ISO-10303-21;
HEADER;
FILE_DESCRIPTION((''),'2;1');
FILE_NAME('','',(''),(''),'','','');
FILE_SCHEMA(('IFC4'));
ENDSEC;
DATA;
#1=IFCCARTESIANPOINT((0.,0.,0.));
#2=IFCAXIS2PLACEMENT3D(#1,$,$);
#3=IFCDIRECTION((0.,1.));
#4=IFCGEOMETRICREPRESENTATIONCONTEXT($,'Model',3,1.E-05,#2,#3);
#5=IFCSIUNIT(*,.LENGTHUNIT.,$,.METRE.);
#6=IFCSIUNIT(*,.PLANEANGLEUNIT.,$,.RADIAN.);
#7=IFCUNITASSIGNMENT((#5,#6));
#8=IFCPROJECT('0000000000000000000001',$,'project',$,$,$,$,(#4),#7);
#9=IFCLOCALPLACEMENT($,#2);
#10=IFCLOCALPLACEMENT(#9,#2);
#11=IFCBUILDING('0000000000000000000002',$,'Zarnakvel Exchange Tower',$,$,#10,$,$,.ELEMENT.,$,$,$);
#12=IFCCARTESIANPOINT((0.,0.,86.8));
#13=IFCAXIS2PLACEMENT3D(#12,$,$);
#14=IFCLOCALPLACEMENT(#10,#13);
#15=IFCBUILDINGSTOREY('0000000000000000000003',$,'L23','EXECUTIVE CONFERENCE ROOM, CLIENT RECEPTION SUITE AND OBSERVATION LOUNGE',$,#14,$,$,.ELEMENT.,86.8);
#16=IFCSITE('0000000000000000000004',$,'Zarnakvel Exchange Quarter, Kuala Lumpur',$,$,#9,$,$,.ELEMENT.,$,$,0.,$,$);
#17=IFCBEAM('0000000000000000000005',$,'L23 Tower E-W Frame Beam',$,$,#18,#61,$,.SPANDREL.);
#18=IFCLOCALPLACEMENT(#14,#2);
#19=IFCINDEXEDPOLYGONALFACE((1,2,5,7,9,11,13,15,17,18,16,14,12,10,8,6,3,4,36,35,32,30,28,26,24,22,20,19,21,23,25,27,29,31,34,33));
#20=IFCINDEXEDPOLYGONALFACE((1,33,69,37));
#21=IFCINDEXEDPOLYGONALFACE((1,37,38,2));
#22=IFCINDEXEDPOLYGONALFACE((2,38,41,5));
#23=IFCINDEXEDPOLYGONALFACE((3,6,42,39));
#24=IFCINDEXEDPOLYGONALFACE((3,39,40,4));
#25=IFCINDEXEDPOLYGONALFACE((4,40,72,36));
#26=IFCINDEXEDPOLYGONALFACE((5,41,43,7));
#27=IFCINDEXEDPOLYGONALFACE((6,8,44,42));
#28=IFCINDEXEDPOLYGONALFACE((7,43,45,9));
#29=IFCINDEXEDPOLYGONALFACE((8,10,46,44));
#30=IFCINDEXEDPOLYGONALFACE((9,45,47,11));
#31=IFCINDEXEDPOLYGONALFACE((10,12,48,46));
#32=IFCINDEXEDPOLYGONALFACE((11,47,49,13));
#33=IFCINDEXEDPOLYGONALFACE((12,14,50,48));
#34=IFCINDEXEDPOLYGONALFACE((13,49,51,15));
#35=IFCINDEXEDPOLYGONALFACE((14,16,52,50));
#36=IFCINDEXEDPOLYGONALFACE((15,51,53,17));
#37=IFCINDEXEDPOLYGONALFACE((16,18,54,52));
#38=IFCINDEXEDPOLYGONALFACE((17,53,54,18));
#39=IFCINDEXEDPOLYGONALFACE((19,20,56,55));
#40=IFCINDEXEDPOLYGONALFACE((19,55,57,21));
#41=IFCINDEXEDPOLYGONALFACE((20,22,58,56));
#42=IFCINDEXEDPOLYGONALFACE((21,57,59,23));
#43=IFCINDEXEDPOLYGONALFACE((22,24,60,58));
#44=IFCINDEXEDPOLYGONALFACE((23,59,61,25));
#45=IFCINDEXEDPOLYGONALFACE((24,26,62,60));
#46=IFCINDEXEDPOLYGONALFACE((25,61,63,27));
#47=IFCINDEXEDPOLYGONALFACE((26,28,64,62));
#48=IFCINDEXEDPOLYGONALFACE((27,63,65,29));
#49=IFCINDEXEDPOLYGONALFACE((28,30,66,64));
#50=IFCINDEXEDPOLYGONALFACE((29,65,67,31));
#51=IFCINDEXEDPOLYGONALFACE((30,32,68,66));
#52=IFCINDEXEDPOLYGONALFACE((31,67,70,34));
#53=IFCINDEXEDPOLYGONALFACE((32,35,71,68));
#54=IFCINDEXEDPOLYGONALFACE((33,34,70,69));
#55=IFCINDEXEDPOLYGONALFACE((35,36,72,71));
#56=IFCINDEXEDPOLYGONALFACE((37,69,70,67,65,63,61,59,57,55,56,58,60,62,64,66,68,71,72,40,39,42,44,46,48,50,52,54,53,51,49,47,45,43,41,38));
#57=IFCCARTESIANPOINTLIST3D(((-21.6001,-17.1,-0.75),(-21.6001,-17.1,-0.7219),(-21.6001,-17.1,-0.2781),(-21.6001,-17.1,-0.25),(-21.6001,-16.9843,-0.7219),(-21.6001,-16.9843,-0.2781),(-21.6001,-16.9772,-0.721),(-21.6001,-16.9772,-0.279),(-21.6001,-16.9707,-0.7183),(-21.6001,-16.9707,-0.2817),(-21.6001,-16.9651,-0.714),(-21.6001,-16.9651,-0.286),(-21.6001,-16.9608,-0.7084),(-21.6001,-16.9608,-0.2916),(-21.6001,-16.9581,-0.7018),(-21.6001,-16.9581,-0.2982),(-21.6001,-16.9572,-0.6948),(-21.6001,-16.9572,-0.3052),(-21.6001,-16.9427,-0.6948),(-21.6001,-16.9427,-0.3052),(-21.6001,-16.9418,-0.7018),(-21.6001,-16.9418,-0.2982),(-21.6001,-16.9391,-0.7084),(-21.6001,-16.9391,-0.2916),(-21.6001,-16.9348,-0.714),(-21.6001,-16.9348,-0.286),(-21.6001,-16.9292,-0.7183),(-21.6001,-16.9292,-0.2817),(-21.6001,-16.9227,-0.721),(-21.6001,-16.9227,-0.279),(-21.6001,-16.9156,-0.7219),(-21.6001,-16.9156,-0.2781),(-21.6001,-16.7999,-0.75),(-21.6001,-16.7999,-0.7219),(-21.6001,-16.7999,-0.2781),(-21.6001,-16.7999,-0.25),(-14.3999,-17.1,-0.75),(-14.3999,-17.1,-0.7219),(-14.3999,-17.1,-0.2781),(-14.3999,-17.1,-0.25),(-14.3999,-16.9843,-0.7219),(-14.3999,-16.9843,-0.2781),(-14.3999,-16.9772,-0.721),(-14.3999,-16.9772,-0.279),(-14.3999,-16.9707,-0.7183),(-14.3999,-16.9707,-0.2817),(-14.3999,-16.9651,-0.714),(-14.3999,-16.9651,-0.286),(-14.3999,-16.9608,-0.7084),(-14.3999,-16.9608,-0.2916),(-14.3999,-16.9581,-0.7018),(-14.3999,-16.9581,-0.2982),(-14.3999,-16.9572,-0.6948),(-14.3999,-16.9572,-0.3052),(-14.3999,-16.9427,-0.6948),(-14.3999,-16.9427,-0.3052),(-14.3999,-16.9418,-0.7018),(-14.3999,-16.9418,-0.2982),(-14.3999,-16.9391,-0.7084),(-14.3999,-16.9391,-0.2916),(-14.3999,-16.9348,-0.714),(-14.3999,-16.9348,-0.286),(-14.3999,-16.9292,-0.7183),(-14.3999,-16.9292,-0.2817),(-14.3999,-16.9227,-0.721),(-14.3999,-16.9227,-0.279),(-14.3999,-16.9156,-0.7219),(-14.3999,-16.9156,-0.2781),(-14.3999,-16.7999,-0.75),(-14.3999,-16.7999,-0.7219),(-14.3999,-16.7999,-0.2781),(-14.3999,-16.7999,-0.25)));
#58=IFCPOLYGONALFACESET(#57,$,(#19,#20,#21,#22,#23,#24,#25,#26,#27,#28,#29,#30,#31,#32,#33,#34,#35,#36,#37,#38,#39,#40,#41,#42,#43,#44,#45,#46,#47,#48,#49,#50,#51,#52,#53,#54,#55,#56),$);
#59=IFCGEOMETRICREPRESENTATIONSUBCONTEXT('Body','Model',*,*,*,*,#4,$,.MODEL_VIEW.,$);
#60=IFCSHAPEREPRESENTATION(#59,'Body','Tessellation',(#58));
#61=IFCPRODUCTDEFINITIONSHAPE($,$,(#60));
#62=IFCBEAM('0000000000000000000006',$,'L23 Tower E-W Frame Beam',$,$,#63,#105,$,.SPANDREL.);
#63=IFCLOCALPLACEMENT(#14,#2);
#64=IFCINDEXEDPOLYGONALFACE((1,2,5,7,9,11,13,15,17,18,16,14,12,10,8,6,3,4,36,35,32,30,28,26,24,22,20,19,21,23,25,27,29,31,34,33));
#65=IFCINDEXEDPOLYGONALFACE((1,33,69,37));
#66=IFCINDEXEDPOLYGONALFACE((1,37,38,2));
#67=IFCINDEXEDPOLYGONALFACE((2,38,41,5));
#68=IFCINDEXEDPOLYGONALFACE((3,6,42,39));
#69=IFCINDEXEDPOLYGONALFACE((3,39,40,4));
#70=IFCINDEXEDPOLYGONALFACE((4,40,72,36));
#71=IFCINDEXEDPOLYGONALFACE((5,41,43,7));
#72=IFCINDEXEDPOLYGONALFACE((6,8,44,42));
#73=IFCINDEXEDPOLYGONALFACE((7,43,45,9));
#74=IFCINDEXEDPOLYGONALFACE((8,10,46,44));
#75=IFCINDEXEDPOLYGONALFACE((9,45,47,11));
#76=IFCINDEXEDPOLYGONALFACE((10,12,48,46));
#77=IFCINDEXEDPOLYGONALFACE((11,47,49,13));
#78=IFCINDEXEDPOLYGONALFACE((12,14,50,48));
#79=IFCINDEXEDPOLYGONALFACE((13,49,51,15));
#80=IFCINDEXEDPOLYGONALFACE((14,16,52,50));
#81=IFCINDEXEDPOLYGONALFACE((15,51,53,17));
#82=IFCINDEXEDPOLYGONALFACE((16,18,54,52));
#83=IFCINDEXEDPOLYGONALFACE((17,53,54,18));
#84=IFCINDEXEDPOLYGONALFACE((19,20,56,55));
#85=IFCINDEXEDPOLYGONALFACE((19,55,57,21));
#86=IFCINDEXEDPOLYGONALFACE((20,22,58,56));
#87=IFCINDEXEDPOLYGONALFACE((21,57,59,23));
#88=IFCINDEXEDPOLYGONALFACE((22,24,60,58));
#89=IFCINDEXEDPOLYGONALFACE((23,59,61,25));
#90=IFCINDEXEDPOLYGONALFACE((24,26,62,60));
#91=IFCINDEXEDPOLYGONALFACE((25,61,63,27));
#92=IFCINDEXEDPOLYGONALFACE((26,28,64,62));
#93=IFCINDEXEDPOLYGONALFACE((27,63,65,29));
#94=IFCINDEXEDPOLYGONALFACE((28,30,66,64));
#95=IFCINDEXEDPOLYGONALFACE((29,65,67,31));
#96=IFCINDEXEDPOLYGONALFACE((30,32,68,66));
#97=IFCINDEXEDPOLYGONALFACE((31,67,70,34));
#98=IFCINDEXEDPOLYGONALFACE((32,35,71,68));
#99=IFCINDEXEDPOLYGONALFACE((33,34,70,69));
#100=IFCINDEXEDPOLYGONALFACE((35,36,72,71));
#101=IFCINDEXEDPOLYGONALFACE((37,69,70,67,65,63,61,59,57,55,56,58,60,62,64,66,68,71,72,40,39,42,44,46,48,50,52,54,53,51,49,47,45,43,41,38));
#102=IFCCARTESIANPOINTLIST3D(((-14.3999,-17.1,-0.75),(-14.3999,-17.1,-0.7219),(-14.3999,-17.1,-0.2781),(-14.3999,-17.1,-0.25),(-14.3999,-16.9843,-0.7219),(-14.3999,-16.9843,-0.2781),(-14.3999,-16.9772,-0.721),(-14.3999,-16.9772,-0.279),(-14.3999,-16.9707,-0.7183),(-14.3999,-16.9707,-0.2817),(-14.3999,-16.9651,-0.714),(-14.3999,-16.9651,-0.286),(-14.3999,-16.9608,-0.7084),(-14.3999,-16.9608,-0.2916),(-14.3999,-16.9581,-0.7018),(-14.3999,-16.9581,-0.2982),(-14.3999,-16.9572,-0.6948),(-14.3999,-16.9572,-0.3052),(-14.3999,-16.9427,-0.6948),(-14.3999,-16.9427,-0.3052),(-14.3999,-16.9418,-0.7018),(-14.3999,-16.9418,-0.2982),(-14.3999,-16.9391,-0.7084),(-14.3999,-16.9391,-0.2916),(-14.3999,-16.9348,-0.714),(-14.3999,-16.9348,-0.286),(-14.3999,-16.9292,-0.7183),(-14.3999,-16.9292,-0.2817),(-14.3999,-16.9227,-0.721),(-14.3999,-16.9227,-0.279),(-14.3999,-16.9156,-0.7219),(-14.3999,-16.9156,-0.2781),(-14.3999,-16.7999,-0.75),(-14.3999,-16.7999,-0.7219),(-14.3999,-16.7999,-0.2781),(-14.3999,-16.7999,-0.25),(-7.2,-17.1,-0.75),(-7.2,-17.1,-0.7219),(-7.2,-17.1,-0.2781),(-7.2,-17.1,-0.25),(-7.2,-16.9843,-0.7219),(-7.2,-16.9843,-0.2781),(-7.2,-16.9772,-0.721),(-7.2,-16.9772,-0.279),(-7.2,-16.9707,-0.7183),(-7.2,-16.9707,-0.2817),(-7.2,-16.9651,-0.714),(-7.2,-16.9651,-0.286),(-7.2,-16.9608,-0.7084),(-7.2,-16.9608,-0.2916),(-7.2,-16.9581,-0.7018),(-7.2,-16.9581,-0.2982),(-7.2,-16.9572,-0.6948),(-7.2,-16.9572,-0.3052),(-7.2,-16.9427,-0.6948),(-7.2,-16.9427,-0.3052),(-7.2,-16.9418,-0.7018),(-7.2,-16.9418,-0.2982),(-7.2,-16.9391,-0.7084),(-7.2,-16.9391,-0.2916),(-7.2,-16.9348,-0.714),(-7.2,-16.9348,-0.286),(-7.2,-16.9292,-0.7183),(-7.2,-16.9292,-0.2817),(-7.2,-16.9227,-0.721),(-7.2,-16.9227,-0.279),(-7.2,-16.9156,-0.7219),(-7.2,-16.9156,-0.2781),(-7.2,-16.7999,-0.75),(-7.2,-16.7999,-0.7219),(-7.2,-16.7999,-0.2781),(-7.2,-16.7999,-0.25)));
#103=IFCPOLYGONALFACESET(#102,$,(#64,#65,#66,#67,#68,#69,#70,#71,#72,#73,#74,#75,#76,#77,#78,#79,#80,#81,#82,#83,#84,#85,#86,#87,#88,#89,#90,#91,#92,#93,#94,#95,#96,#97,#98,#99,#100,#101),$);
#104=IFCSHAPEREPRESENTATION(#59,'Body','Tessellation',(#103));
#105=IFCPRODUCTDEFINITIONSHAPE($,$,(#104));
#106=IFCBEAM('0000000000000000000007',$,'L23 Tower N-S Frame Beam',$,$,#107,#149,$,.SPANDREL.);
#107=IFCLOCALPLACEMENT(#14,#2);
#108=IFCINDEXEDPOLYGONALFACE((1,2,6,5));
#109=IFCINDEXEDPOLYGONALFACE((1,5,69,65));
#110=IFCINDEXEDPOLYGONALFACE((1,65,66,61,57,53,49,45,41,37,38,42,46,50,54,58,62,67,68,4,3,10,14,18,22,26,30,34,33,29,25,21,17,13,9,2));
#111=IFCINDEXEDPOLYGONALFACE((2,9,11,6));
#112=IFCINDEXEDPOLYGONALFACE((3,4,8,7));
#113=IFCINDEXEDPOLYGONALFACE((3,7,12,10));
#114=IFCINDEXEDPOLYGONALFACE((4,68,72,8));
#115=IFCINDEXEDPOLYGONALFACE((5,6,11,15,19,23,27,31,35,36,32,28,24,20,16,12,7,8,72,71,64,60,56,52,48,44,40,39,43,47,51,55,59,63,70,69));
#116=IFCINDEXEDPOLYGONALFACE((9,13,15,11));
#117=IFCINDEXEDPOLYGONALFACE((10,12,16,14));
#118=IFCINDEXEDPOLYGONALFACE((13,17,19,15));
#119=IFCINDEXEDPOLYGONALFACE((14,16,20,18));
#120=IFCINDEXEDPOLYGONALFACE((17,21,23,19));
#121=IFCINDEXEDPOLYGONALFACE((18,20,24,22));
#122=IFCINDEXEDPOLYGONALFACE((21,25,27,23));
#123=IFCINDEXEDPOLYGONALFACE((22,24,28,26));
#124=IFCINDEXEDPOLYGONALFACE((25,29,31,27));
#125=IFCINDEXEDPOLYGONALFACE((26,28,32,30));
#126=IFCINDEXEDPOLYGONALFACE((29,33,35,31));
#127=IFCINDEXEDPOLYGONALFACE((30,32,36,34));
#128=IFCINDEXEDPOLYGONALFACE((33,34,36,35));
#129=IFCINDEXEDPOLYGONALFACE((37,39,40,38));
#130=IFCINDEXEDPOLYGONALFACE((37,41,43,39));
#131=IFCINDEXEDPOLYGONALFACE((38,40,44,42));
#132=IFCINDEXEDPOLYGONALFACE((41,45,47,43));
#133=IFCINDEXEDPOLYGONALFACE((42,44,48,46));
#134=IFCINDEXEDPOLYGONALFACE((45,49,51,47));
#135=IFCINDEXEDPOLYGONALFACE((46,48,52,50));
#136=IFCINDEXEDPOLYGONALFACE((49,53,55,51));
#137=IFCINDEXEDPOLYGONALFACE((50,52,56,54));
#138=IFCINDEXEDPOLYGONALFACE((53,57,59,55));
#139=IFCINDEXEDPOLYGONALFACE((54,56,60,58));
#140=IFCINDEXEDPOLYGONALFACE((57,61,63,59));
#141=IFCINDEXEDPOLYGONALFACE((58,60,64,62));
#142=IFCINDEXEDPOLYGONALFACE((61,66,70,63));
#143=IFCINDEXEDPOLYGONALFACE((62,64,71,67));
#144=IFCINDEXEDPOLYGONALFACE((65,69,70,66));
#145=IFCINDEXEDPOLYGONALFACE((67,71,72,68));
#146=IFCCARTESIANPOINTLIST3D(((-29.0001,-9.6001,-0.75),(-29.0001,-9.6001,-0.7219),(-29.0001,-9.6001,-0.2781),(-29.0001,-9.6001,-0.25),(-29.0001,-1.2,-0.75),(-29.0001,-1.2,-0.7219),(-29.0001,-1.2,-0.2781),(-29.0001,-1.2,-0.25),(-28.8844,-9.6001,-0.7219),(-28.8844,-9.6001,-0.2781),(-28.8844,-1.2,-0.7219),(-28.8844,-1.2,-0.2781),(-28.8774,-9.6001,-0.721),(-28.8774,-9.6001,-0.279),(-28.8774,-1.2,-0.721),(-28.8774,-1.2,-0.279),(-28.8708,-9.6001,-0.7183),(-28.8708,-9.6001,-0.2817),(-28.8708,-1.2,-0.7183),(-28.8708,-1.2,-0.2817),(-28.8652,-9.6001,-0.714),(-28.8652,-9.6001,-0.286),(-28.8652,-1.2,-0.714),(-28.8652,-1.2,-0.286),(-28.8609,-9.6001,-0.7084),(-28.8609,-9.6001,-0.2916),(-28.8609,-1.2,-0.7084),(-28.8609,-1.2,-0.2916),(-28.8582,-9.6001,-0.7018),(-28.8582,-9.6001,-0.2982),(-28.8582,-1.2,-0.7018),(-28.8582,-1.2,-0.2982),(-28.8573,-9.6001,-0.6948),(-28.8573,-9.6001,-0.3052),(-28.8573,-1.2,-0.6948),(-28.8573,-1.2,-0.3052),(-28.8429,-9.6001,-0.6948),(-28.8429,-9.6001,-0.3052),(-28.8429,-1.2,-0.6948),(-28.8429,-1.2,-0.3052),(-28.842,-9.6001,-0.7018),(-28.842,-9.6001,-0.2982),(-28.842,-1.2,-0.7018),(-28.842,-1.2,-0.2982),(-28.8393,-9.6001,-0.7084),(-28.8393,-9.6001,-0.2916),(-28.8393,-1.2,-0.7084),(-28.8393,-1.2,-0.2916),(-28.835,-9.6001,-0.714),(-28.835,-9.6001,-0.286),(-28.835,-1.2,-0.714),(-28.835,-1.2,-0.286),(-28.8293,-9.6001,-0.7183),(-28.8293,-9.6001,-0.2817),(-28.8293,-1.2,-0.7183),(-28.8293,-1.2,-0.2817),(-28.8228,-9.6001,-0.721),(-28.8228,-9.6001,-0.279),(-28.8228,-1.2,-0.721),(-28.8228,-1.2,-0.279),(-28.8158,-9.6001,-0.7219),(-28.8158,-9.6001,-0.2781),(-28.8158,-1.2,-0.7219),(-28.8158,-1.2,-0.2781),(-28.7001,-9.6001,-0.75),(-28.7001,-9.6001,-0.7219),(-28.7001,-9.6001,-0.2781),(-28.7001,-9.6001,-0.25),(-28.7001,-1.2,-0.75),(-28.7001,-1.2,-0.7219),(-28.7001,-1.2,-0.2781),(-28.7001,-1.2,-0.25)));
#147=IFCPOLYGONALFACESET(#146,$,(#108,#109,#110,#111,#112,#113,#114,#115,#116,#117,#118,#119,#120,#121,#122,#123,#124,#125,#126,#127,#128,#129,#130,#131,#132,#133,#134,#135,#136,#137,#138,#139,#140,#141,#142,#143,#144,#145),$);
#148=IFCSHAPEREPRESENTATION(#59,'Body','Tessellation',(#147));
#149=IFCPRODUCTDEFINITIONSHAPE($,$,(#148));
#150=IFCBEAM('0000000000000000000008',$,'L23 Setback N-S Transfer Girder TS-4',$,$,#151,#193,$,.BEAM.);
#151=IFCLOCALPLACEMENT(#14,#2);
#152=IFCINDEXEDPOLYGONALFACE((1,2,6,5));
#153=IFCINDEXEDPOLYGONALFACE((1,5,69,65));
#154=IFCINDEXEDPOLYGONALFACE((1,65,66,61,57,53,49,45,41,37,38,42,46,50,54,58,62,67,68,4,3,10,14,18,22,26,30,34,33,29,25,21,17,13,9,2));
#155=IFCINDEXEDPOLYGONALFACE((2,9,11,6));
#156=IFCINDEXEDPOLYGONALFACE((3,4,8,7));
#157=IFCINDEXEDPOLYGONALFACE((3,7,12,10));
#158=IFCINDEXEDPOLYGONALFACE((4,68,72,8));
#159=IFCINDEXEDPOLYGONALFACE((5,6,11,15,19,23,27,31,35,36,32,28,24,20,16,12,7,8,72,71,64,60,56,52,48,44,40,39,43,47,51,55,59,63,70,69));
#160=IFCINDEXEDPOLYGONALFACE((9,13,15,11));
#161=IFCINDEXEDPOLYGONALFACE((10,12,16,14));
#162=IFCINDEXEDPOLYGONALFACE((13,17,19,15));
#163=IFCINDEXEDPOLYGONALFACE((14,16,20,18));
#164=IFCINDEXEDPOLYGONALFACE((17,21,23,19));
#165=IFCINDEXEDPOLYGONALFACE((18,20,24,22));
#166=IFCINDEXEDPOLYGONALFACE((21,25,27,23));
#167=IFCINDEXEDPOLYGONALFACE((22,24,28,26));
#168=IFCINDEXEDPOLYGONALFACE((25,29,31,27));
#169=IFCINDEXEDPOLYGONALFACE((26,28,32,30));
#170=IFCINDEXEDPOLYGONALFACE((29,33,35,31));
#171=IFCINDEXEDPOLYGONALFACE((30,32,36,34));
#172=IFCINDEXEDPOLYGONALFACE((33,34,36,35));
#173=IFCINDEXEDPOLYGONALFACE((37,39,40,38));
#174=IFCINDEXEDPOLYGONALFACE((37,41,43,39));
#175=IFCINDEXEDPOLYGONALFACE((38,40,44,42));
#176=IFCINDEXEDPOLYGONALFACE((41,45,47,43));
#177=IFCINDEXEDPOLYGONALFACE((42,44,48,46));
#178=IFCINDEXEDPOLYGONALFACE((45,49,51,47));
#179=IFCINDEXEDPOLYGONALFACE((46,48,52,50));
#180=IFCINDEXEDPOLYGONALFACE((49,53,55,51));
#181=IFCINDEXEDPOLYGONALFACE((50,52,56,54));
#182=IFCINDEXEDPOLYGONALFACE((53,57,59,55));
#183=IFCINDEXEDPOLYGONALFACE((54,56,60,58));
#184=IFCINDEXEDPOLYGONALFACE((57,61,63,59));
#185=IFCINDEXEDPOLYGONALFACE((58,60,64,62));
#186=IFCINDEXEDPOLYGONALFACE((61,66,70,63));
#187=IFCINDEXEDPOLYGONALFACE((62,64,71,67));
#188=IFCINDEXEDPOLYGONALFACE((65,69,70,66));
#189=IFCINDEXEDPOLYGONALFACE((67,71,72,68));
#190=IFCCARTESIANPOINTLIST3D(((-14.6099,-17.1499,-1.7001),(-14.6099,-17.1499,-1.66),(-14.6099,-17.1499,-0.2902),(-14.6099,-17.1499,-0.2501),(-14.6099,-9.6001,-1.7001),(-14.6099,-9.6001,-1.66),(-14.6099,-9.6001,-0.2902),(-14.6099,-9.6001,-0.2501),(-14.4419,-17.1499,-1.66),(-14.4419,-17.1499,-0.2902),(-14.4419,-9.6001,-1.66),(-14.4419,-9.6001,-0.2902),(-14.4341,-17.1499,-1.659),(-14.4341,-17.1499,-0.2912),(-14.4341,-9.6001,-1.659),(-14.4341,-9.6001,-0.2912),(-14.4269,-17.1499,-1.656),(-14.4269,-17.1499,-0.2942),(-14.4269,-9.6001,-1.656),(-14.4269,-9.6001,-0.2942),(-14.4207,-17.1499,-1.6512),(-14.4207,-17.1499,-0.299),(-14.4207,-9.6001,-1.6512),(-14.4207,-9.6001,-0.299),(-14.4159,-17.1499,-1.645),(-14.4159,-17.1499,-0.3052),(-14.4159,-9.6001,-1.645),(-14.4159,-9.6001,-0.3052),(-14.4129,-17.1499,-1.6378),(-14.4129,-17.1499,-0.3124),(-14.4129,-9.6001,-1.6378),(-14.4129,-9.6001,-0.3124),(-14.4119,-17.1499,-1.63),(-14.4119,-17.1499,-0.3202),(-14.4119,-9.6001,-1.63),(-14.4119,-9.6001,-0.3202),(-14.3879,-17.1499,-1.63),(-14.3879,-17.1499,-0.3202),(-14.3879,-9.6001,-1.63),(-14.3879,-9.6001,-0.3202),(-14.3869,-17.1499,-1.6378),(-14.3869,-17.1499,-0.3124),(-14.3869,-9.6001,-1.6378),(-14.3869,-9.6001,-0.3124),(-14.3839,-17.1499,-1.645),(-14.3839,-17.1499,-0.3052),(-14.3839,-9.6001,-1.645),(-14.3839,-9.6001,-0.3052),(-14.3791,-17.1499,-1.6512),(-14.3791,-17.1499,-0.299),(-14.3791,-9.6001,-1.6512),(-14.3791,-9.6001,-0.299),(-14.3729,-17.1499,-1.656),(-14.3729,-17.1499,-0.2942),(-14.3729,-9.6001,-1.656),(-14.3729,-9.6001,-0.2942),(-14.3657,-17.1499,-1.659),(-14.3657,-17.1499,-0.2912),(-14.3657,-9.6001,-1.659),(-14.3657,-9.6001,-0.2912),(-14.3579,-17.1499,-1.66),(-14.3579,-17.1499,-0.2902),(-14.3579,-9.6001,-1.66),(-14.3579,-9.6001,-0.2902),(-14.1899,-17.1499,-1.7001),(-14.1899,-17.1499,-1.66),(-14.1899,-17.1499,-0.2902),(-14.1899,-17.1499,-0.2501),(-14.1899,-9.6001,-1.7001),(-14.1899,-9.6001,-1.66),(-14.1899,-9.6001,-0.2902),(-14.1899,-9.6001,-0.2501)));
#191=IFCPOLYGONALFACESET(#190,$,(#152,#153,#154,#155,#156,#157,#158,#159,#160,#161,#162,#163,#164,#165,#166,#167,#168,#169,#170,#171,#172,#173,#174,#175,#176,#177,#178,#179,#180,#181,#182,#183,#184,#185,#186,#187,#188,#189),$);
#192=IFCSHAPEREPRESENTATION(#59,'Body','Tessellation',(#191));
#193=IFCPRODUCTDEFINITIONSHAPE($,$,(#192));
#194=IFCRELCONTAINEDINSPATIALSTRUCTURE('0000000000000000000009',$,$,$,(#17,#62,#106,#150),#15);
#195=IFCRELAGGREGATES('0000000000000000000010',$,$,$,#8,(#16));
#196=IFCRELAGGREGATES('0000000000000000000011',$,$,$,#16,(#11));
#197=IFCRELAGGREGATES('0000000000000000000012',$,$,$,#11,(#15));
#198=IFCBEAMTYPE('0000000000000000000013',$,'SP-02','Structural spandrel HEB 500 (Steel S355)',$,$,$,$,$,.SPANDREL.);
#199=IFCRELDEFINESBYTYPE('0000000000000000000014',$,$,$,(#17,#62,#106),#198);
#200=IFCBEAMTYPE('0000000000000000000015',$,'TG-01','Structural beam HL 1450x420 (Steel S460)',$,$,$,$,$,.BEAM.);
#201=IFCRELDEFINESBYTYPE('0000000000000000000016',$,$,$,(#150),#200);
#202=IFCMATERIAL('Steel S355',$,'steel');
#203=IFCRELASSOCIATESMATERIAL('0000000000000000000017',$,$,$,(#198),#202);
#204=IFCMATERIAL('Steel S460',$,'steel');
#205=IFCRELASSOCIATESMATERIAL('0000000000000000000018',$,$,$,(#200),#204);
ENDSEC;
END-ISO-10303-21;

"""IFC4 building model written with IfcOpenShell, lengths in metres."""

from ifc_helpers import new_model, si_unit, direction, frame, origin, origin_2d, place, context, subcontext, project, spatial, i_section, extrude, material, material_profile, profile_set, type_object, element, save


model = new_model("IFC4")

# Units and contexts
model_context = context("Model", 3, precision=1e-05, world=origin(), true_north=direction((0.0, 1.0)))
body_context = subcontext(model_context, "Body", "Model", "MODEL_VIEW")
ifc_project = project(units=[si_unit("LENGTHUNIT", "METRE"), si_unit("PLANEANGLEUNIT", "RADIAN")], contexts=[model_context])

# Site, building, storey
site_placement = place(None, origin())
site = spatial("IfcSite", under=ifc_project, at=site_placement, Name="Zarnakvel Exchange Quarter, Kuala Lumpur", CompositionType="ELEMENT", RefElevation=0.0)
building_placement = place(site_placement, origin())
building = spatial("IfcBuilding", under=site, at=building_placement, Name="Zarnakvel Exchange Tower", CompositionType="ELEMENT")
storey_placement = place(building_placement, frame((0.0, 0.0, 86.8)))
storey = spatial("IfcBuildingStorey", under=building, at=storey_placement, Name="L23", Description="EXECUTIVE CONFERENCE ROOM, CLIENT RECEPTION SUITE AND OBSERVATION LOUNGE", CompositionType="ELEMENT", Elevation=86.8)

# Shared definitions
ifc_material_1 = material(Name="Steel S355", Category="steel")

# Beams
ifc_material_profile_1 = material_profile(ifc_material_1, i_section(OverallWidth=0.3, OverallDepth=0.5, WebThickness=0.0144, FlangeThickness=0.0281, FilletRadius=0.0271, at=origin_2d()))
ifc_profile_set_1 = profile_set([ifc_material_profile_1], Name="Steel S355")
beam_type_1 = type_object("IfcBeamType", Name="SP-02", Description="Structural spandrel HEB 500 (Steel S355)", PredefinedType="SPANDREL", material=ifc_profile_set_1)
beam_1_placement = place(storey_placement, frame((-21.6001, -16.95, -0.5), z_axis=(1.0, 0.0, 0.0), x_axis=(0.0, 1.0, 0.0)))
element("IfcBeam", 1, at=beam_1_placement, inside=storey, type_object=beam_type_1, Name="L23 Tower E-W Frame Beam", PredefinedType="SPANDREL", context=body_context, shape_type="SweptSolid", body=[
    extrude(i_section(OverallWidth=0.3, OverallDepth=0.5, WebThickness=0.0144, FlangeThickness=0.0281, FilletRadius=0.0271, at=origin_2d()), origin(), (0.0, 0.0, 1.0), 7.2002),
])
beam_2_placement = place(storey_placement, frame((-14.3999, -16.95, -0.5), z_axis=(1.0, 0.0, 0.0), x_axis=(0.0, 1.0, 0.0)))
element("IfcBeam", 2, at=beam_2_placement, inside=storey, type_object=beam_type_1, Name="L23 Tower E-W Frame Beam", PredefinedType="SPANDREL", context=body_context, shape_type="SweptSolid", body=[
    extrude(i_section(OverallWidth=0.3, OverallDepth=0.5, WebThickness=0.0144, FlangeThickness=0.0281, FilletRadius=0.0271, at=origin_2d()), origin(), (0.0, 0.0, 1.0), 7.2),
])
beam_3_placement = place(storey_placement, frame((-28.8501, -9.6001, -0.5), z_axis=(0.0, 1.0, 0.0), x_axis=(-1.0, 0.0, 0.0)))
element("IfcBeam", 3, at=beam_3_placement, inside=storey, type_object=beam_type_1, Name="L23 Tower N-S Frame Beam", PredefinedType="SPANDREL", context=body_context, shape_type="SweptSolid", body=[
    extrude(i_section(OverallWidth=0.3, OverallDepth=0.5, WebThickness=0.0144, FlangeThickness=0.0281, FilletRadius=0.0271, at=origin_2d()), origin(), (0.0, 0.0, 1.0), 8.4001),
])
ifc_material_2 = material(Name="Steel S460", Category="steel")
ifc_material_profile_2 = material_profile(ifc_material_2, i_section(OverallWidth=0.4199, OverallDepth=1.45, WebThickness=0.0239, FlangeThickness=0.04, FilletRadius=0.03, at=origin_2d()))
ifc_profile_set_2 = profile_set([ifc_material_profile_2], Name="Steel S460")
beam_type_2 = type_object("IfcBeamType", Name="TG-01", Description="Structural beam HL 1450x420 (Steel S460)", PredefinedType="BEAM", material=ifc_profile_set_2)
for number, where, z_axis, x_axis, name in (
    (4, (-14.3999, -17.1499, -0.9751), (0.0, 1.0, 0.0), (-1.0, 0.0, 0.0), "L23 Setback N-S Transfer Girder TS-4"),
):
    element("IfcBeam", number, at=place(storey_placement, frame(where, z_axis=z_axis, x_axis=x_axis)), inside=storey, type_object=beam_type_2, Name=name, PredefinedType="BEAM", context=body_context, shape_type="SweptSolid", body=[
        extrude(i_section(OverallWidth=0.4199, OverallDepth=1.45, WebThickness=0.0239, FlangeThickness=0.04, FilletRadius=0.03, at=origin_2d()), origin(), (0.0, 0.0, 1.0), 7.5498),
    ])

save(model, "model.ifc")
